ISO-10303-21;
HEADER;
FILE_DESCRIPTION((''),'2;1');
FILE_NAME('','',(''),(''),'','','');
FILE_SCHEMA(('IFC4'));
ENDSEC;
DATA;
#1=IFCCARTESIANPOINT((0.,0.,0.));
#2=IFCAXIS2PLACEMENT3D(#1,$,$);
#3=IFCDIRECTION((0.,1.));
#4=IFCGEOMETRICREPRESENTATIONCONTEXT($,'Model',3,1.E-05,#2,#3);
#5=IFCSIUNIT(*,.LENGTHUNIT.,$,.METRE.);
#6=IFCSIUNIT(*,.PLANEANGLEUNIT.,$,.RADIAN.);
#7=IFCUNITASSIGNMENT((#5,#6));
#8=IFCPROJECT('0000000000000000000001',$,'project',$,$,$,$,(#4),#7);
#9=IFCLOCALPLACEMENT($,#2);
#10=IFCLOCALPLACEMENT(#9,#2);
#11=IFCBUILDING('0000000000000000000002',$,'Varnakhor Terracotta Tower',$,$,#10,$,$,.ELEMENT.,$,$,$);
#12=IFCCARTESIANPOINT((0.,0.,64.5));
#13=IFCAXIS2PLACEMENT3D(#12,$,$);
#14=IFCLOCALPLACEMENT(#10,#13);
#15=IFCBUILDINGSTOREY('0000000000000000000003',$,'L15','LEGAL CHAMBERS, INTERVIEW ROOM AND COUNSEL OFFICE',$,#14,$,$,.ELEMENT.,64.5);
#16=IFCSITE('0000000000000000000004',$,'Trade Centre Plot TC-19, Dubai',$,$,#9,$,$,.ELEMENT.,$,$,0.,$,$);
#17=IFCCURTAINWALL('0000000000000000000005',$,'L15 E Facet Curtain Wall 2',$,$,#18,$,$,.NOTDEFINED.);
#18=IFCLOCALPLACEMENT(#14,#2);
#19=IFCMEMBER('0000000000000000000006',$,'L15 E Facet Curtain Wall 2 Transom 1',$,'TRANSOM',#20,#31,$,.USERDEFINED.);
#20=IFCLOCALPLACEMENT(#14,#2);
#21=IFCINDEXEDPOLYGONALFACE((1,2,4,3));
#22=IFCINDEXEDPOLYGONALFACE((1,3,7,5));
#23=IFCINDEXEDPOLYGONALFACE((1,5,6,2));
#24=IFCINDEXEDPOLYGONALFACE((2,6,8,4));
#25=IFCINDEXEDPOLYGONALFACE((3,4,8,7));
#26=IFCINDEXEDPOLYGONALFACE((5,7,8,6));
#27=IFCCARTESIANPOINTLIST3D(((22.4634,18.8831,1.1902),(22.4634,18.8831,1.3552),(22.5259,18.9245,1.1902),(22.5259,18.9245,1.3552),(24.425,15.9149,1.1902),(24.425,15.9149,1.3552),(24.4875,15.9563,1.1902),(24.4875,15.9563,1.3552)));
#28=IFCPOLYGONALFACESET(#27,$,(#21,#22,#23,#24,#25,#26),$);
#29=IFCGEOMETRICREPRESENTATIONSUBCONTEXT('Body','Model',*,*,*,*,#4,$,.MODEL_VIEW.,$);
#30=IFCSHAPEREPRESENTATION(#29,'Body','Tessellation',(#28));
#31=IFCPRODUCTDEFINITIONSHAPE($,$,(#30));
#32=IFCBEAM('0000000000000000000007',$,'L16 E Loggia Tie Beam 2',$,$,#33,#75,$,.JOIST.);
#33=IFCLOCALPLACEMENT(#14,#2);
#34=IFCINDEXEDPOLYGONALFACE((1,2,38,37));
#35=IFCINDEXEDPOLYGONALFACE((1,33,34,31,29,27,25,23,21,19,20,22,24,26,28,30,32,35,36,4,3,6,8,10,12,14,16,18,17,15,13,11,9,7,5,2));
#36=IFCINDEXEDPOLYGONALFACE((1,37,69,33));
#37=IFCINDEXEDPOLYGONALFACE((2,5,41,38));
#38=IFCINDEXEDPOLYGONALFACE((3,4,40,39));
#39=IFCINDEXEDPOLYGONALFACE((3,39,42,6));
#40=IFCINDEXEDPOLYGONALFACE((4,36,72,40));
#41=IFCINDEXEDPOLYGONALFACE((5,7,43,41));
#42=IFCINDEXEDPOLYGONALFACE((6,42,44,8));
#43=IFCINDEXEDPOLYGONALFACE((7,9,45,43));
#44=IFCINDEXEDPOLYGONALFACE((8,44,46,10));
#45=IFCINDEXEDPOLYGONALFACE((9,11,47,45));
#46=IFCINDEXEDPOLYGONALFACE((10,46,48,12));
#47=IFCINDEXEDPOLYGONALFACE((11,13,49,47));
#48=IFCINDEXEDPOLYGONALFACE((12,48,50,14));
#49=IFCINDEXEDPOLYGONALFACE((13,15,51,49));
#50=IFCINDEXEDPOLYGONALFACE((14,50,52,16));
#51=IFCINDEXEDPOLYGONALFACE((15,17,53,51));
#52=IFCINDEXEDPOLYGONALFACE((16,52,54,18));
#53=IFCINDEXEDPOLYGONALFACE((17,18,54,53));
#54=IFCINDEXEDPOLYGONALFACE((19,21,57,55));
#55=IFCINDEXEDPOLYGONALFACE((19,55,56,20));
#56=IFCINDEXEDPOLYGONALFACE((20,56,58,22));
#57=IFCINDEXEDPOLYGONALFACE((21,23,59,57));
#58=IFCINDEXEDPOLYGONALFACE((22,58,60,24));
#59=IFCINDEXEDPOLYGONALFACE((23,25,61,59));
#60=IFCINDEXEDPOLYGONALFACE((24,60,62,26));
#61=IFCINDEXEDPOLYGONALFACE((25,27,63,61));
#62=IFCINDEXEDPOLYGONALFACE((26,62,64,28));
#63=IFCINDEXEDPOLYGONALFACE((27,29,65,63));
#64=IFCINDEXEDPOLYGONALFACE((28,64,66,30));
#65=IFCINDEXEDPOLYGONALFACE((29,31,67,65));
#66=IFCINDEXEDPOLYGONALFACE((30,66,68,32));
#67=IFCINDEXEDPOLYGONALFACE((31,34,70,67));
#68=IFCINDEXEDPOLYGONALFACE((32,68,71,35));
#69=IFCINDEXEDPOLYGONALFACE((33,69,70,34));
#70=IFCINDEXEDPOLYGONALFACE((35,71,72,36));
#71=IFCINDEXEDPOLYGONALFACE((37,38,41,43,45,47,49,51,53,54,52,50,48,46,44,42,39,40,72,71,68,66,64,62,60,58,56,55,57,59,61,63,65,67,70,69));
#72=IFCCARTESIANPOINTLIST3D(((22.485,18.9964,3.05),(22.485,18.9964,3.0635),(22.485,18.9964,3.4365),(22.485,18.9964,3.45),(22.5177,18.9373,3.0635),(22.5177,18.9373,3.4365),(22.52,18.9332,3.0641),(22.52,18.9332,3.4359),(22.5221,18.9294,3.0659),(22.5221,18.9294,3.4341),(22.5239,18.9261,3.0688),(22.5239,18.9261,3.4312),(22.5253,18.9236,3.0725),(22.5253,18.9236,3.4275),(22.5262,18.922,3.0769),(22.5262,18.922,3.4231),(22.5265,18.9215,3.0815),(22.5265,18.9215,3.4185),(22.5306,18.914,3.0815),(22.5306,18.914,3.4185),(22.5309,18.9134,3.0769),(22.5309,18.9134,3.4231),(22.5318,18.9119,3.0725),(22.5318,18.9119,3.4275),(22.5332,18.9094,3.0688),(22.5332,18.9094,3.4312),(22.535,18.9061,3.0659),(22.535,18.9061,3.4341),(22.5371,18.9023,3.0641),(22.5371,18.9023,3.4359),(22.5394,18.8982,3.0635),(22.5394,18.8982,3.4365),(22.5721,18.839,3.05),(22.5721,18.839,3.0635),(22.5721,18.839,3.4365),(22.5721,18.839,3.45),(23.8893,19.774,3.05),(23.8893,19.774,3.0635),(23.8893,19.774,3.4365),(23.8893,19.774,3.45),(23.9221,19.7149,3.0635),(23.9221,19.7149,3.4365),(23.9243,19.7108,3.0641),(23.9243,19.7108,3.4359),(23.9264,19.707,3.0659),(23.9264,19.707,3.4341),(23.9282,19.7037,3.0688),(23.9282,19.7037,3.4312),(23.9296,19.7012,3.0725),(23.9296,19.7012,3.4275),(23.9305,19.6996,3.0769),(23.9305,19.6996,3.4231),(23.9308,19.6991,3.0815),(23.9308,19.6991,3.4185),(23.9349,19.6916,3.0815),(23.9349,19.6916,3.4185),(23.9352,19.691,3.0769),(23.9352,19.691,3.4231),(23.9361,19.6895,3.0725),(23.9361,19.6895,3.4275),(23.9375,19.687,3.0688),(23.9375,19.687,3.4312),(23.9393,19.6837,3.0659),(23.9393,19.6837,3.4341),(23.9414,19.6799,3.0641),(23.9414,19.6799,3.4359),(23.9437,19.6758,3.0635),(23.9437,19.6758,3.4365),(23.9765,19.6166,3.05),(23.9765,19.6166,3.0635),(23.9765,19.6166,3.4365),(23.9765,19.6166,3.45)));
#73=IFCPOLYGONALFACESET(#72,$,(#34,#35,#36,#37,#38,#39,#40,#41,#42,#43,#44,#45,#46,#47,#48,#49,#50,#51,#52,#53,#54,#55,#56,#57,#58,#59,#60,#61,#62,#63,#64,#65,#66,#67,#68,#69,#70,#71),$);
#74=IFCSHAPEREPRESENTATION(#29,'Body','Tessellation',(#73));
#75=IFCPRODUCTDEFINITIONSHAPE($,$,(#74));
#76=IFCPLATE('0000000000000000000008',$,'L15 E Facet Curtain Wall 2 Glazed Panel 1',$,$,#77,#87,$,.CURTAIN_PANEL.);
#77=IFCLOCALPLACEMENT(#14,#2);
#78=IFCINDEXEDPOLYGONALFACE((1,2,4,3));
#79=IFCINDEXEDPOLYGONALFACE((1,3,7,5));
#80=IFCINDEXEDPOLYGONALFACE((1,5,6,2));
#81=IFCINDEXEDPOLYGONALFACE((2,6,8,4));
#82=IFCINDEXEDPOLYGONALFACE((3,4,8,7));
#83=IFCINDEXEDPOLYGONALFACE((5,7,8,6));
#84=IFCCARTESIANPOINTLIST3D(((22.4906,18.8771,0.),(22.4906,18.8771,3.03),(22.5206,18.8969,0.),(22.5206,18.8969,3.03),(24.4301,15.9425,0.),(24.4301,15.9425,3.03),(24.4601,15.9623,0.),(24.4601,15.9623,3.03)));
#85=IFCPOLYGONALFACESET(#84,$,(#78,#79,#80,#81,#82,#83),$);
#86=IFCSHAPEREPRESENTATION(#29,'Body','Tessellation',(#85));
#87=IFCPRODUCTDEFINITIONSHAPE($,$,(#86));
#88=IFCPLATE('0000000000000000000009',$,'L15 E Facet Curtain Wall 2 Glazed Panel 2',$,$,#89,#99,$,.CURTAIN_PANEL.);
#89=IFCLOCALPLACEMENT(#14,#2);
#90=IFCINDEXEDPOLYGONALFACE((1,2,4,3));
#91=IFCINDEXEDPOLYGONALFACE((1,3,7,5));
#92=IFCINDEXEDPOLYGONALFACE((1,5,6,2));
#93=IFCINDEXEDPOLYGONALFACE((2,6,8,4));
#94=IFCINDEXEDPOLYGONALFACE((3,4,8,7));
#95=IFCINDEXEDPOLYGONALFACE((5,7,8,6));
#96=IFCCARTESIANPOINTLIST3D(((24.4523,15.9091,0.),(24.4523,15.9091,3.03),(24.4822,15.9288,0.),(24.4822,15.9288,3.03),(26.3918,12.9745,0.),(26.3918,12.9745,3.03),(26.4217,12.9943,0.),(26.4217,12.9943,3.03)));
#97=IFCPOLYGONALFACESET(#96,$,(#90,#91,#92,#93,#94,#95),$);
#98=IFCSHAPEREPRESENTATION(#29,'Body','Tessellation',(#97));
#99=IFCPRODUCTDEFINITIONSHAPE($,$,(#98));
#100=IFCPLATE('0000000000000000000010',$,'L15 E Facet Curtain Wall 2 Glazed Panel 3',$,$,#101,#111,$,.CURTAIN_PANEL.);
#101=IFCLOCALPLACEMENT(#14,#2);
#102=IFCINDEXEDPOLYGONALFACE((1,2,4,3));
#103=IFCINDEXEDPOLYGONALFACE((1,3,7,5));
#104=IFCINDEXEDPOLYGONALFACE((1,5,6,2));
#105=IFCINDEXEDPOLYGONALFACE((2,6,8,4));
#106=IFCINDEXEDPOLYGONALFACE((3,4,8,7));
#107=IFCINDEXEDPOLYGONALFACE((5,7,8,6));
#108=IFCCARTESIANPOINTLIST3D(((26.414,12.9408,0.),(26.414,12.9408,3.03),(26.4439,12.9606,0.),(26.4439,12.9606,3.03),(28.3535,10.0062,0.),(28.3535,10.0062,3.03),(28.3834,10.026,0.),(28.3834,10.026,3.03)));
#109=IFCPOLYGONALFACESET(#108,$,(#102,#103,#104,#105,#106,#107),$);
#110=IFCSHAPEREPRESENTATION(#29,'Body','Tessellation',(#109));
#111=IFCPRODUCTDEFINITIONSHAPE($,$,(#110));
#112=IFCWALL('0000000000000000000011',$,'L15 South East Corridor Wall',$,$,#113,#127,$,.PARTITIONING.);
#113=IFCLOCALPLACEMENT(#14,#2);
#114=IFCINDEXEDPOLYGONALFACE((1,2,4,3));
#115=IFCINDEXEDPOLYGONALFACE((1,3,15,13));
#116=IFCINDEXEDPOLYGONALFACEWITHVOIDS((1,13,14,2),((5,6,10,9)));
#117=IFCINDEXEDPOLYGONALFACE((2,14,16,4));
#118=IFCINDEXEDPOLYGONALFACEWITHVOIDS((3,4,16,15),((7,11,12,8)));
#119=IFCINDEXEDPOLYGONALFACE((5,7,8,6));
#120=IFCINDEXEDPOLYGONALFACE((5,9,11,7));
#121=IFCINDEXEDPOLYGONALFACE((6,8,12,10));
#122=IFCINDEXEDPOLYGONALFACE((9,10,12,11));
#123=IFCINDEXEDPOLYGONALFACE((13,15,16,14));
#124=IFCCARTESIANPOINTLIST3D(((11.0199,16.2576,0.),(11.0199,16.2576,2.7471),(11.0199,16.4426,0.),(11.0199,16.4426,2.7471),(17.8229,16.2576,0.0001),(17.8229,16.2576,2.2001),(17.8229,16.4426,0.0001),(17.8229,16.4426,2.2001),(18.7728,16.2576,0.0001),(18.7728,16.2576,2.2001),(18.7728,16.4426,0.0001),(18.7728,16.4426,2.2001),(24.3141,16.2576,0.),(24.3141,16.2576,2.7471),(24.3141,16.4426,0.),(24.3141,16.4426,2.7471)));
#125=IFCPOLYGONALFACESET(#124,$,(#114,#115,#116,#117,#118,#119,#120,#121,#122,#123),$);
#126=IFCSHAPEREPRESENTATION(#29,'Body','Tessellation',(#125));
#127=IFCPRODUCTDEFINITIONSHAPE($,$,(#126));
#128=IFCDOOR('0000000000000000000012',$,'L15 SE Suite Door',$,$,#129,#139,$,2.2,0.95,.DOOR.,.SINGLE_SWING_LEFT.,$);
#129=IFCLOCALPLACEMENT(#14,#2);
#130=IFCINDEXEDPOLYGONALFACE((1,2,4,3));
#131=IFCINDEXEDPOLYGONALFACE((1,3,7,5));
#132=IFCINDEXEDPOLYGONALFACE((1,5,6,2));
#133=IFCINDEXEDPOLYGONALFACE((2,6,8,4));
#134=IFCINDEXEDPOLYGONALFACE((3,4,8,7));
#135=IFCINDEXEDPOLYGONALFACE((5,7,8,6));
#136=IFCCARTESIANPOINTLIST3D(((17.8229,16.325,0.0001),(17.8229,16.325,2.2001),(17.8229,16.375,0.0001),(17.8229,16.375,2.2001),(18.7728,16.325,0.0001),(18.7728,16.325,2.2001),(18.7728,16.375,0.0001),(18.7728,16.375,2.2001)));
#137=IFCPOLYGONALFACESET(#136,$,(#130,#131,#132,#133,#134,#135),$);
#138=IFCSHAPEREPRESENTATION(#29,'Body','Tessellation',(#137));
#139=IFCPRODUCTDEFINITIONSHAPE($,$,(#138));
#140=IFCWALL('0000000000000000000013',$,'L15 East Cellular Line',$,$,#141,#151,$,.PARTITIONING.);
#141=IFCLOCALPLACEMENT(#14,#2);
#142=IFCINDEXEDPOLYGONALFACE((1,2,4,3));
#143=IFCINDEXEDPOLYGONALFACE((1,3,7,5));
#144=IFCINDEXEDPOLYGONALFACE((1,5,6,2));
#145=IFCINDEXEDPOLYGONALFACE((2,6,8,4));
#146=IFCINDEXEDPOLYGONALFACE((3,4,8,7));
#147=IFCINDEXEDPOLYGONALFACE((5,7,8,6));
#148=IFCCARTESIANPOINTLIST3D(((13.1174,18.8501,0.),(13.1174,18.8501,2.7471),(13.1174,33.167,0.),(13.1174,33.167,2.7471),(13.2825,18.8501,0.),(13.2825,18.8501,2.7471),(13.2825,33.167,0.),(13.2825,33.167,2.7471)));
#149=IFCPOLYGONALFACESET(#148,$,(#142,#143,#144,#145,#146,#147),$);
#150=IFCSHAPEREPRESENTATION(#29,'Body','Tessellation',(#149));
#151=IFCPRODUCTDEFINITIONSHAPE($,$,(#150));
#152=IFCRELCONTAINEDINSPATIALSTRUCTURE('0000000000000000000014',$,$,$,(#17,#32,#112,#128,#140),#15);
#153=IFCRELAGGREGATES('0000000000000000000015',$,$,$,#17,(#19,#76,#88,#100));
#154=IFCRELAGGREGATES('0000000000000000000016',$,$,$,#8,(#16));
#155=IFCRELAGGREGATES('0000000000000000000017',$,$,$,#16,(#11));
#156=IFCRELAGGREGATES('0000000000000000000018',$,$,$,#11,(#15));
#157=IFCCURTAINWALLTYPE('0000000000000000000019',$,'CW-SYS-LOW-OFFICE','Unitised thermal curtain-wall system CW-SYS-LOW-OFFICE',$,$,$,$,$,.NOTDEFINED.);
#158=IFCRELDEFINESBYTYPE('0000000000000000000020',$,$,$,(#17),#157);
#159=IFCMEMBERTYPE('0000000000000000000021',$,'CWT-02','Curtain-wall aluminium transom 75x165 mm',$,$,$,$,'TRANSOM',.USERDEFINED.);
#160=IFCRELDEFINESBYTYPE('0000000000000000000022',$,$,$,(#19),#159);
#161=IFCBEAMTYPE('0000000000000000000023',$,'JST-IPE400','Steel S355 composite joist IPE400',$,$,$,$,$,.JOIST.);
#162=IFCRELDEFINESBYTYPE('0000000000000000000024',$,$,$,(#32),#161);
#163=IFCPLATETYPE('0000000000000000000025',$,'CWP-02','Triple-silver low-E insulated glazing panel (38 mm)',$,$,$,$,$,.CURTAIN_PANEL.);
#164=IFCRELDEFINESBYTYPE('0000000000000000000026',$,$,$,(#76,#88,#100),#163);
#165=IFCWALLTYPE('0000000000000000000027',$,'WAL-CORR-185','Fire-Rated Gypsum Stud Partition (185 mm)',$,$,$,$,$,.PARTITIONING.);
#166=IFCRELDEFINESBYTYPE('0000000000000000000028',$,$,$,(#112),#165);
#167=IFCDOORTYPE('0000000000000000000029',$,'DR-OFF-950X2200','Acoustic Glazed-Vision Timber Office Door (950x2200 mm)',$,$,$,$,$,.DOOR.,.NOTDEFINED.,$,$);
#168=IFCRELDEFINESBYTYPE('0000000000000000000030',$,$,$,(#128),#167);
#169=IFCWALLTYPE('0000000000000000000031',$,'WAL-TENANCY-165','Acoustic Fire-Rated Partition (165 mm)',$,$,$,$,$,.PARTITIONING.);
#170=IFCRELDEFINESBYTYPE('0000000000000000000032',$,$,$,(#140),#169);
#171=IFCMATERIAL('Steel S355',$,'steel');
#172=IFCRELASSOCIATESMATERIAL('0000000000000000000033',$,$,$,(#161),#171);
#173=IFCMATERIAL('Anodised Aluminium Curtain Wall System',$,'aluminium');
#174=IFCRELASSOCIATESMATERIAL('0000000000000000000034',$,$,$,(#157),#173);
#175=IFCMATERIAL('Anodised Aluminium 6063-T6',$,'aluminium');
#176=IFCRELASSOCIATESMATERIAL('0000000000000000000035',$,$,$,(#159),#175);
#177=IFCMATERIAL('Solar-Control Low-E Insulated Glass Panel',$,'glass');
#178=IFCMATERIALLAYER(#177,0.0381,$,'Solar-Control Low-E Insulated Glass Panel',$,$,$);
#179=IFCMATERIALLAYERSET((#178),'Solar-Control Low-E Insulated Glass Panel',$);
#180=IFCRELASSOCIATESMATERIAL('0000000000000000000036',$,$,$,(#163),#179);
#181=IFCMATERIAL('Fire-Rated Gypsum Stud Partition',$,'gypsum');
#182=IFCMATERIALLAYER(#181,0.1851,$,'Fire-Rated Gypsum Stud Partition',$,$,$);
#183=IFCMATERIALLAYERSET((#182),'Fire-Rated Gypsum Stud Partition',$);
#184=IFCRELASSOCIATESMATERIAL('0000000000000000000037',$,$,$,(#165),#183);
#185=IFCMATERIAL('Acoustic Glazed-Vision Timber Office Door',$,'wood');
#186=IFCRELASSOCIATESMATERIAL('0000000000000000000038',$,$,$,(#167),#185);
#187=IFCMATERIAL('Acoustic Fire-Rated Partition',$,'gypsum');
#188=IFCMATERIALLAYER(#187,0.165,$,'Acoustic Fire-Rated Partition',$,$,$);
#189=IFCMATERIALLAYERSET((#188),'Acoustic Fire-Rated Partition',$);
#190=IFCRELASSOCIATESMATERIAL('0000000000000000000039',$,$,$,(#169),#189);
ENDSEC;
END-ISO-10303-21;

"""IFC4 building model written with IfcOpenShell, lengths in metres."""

from ifc_helpers import new_model, si_unit, direction, frame, frame_2d, origin, origin_2d, place, context, subcontext, project, spatial, rectangle, i_section, extrude, source, transform, mapped, material, layer, layer_set, material_profile, profile_set, type_object, type_shapes, element, fill, aggregate, save


model = new_model("IFC4")

# Units and contexts
model_context = context("Model", 3, precision=1e-05, world=origin(), true_north=direction((0.0, 1.0)))
body_context = subcontext(model_context, "Body", "Model", "MODEL_VIEW")
ifc_project = project(units=[si_unit("LENGTHUNIT", "METRE"), si_unit("PLANEANGLEUNIT", "RADIAN")], contexts=[model_context])

# Site, building, storey
site_placement = place(None, origin())
site = spatial("IfcSite", under=ifc_project, at=site_placement, Name="Trade Centre Plot TC-19, Dubai", CompositionType="ELEMENT", RefElevation=0.0)
building_placement = place(site_placement, origin())
building = spatial("IfcBuilding", under=site, at=building_placement, Name="Varnakhor Terracotta Tower", CompositionType="ELEMENT")
storey_placement = place(building_placement, frame((0.0, 0.0, 64.5)))
storey = spatial("IfcBuildingStorey", under=building, at=storey_placement, Name="L15", Description="LEGAL CHAMBERS, INTERVIEW ROOM AND COUNSEL OFFICE", CompositionType="ELEMENT", Elevation=64.5)

# Shared definitions
ifc_material_1 = material(Name="Steel S355", Category="steel")
ifc_material_profile_1 = material_profile(ifc_material_1, i_section(OverallWidth=0.1799, OverallDepth=0.3999, WebThickness=0.0085, FlangeThickness=0.0134, FilletRadius=0.0181, at=origin_2d()), Name="IPE400")
ifc_profile_set_1 = profile_set([ifc_material_profile_1], Name="Steel S355")
beam_type_1 = type_object("IfcBeamType", Name="JST-IPE400", Description="Steel S355 composite joist IPE400", PredefinedType="JOIST", material=ifc_profile_set_1)

# Curtain wall, member
ifc_material_2 = material(Name="Anodised Aluminium Curtain Wall System", Category="aluminium")
curtain_wall_type = type_object("IfcCurtainWallType", Name="CW-SYS-LOW-OFFICE", Description="Unitised thermal curtain-wall system CW-SYS-LOW-OFFICE", PredefinedType="NOTDEFINED", material=ifc_material_2)
curtain_wall_placement = place(storey_placement, origin())
curtain_wall = element("IfcCurtainWall", 1, at=curtain_wall_placement, inside=storey, type_object=curtain_wall_type, Name="L15 E Facet Curtain Wall 2", PredefinedType="NOTDEFINED")
ifc_material_3 = material(Name="Anodised Aluminium 6063-T6", Category="aluminium")
ifc_material_profile_2 = material_profile(ifc_material_3, rectangle(XDim=0.075, YDim=0.165, at=origin_2d()), Name="ALU TRANSOM 75x165")
ifc_profile_set_2 = profile_set([ifc_material_profile_2], Name="Anodised Aluminium 6063-T6")
member_type_1 = type_object("IfcMemberType", Name="CWT-02", Description="Curtain-wall aluminium transom 75x165 mm", ElementType="TRANSOM", PredefinedType="USERDEFINED", material=ifc_profile_set_2)
shared_shape_1 = source(origin(), body_context, "Body", "SweptSolid", [
    extrude(rectangle(XDim=0.075, YDim=0.165, at=origin_2d()), origin(), (0.0, 0.0, 1.0), 3.5579),
])
member_1_placement = place(storey_placement, frame((22.4946, 18.9038, 1.2727), z_axis=(0.551355, -0.834271, 0.0), x_axis=(0.834271, 0.551355, 0.0)))
member_1 = element("IfcMember", 2, at=member_1_placement, type_object=member_type_1, Name="L15 E Facet Curtain Wall 2 Transom 1", ObjectType="TRANSOM", PredefinedType="USERDEFINED", context=body_context, shape_type="MappedRepresentation", body=[
    mapped(shared_shape_1, transform((0.0, 0.0, 0.0), scale=1.0)),
])

# Beam
shared_shape_2 = source(origin(), body_context, "Body", "SweptSolid", [
    extrude(i_section(OverallWidth=0.1799, OverallDepth=0.3999, WebThickness=0.0085, FlangeThickness=0.0134, FilletRadius=0.0181, at=origin_2d()), origin(), (0.0, 0.0, 1.0), 1.6052),
])
beam_1_placement = place(storey_placement, frame((22.5286, 18.9177, 3.25), z_axis=(0.874838, 0.484416, 0.0), x_axis=(-0.484416, 0.874838, 0.0)))
element("IfcBeam", 3, at=beam_1_placement, inside=storey, type_object=beam_type_1, Name="L16 E Loggia Tie Beam 2", PredefinedType="JOIST", context=body_context, shape_type="MappedRepresentation", body=[
    mapped(shared_shape_2, transform((0.0, 0.0, 0.0), scale=1.0)),
])

# Plates
ifc_material_4 = material(Name="Solar-Control Low-E Insulated Glass Panel", Category="glass")
ifc_layer_1 = layer(ifc_material_4, 0.0381, Name="Solar-Control Low-E Insulated Glass Panel")
ifc_layer_set_1 = layer_set([ifc_layer_1], Name="Solar-Control Low-E Insulated Glass Panel")
plate_type = type_object("IfcPlateType", Name="CWP-02", Description="Triple-silver low-E insulated glazing panel (38 mm)", PredefinedType="CURTAIN_PANEL", material=ifc_layer_set_1)
shared_shape_3 = source(origin(), body_context, "Body", "SweptSolid", [
    extrude(rectangle(XDim=3.5176, YDim=0.0359, at=origin_2d()), origin(), (0.0, 0.0, 1.0), 3.03),
])
plate_1_placement = place(storey_placement, frame((23.4753, 17.4197, 0.0), z_axis=(0.0, 0.0, 1.0), x_axis=(0.551369, -0.834261, 0.0)))
plate_1 = element("IfcPlate", 4, at=plate_1_placement, type_object=plate_type, Name="L15 E Facet Curtain Wall 2 Glazed Panel 1", PredefinedType="CURTAIN_PANEL", context=body_context, shape_type="MappedRepresentation", body=[
    mapped(shared_shape_3, transform((0.0, 0.0, 0.0), scale=1.0)),
])
plate_2_placement = place(storey_placement, frame((25.437, 14.4517, 0.0), z_axis=(0.0, 0.0, 1.0), x_axis=(0.551369, -0.834261, 0.0)))
plate_2 = element("IfcPlate", 5, at=plate_2_placement, type_object=plate_type, Name="L15 E Facet Curtain Wall 2 Glazed Panel 2", PredefinedType="CURTAIN_PANEL", context=body_context, shape_type="MappedRepresentation", body=[
    mapped(shared_shape_3, transform((0.0, 0.0, 0.0), scale=1.0)),
])
plate_3_placement = place(storey_placement, frame((27.3987, 11.4834, 0.0), z_axis=(0.0, 0.0, 1.0), x_axis=(0.551369, -0.834261, 0.0)))
plate_3 = element("IfcPlate", 6, at=plate_3_placement, type_object=plate_type, Name="L15 E Facet Curtain Wall 2 Glazed Panel 3", PredefinedType="CURTAIN_PANEL", context=body_context, shape_type="MappedRepresentation", body=[
    mapped(shared_shape_3, transform((0.0, 0.0, 0.0), scale=1.0)),
])
aggregate(curtain_wall, [member_1, plate_1, plate_2, plate_3])

# Wall, opening, door
ifc_material_5 = material(Name="Fire-Rated Gypsum Stud Partition", Category="gypsum")
ifc_layer_2 = layer(ifc_material_5, 0.1851, Name="Fire-Rated Gypsum Stud Partition")
ifc_layer_set_2 = layer_set([ifc_layer_2], Name="Fire-Rated Gypsum Stud Partition")
wall_type_1 = type_object("IfcWallType", Name="WAL-CORR-185", Description="Fire-Rated Gypsum Stud Partition (185 mm)", PredefinedType="PARTITIONING", material=ifc_layer_set_2)
wall_1_placement = place(storey_placement, frame((11.02, 16.3501, 0.0), z_axis=(0.0, 0.0, 1.0), x_axis=(1.0, 0.0, 0.0)))
wall_1 = element("IfcWall", 7, at=wall_1_placement, inside=storey, type_object=wall_type_1, Name="L15 South East Corridor Wall", PredefinedType="PARTITIONING", context=body_context, shape_type="SweptSolid", body=[
    extrude(rectangle(XDim=13.2942, YDim=0.1851, at=frame_2d((6.647, 0.0))), origin(), (0.0, 0.0, 1.0), 2.7471),
])
opening_placement = place(wall_1_placement, frame((6.8027, 0.0, 0.0)))
opening = element("IfcOpeningElement", 8, at=opening_placement, cuts=wall_1, PredefinedType="OPENING", context=body_context, shape_type="SweptSolid", body=[
    extrude(rectangle(XDim=0.95, YDim=2.2, at=frame_2d((0.4751, 1.1001))), frame((0.0, 0.1025, 0.0), z_axis=(0.0, -1.0, 0.0), x_axis=(1.0, 0.0, 0.0)), (0.0, 0.0, 1.0), 0.2051),
])
ifc_material_6 = material(Name="Acoustic Glazed-Vision Timber Office Door", Category="wood")
door_type = type_object("IfcDoorType", Name="DR-OFF-950X2200", Description="Acoustic Glazed-Vision Timber Office Door (950x2200 mm)", OperationType="NOTDEFINED", PredefinedType="DOOR", material=ifc_material_6)
shared_shape_4 = source(origin(), body_context, "Body", "SweptSolid", [
    extrude(rectangle(XDim=0.95, YDim=2.2, at=frame_2d((0.4751, 1.1001))), frame((0.0, 0.0249, 0.0), z_axis=(0.0, -1.0, 0.0), x_axis=(1.0, 0.0, 0.0)), (0.0, 0.0, 1.0), 0.05),
])
type_shapes(door_type, [shared_shape_4])
door_placement = place(opening_placement, origin())
door = element("IfcDoor", 9, at=door_placement, inside=storey, type_object=door_type, Name="L15 SE Suite Door", OperationType="SINGLE_SWING_LEFT", OverallHeight=2.2, OverallWidth=0.95, PredefinedType="DOOR", context=body_context, shape_type="MappedRepresentation", body=[
    mapped(shared_shape_4, transform((0.0, 0.0, 0.0), scale=1.0)),
])
fill(opening, door)

# Wall
ifc_material_7 = material(Name="Acoustic Fire-Rated Partition", Category="gypsum")
ifc_layer_3 = layer(ifc_material_7, 0.165, Name="Acoustic Fire-Rated Partition")
ifc_layer_set_3 = layer_set([ifc_layer_3], Name="Acoustic Fire-Rated Partition")
wall_type_2 = type_object("IfcWallType", Name="WAL-TENANCY-165", Description="Acoustic Fire-Rated Partition (165 mm)", PredefinedType="PARTITIONING", material=ifc_layer_set_3)
wall_2_placement = place(storey_placement, frame((13.2, 18.8501, 0.0), z_axis=(0.0, 0.0, 1.0), x_axis=(0.0, 1.0, 0.0)))
element("IfcWall", 10, at=wall_2_placement, inside=storey, type_object=wall_type_2, Name="L15 East Cellular Line", PredefinedType="PARTITIONING", context=body_context, shape_type="SweptSolid", body=[
    extrude(rectangle(XDim=14.3169, YDim=0.165, at=frame_2d((7.1584, 0.0))), origin(), (0.0, 0.0, 1.0), 2.7471),
])

save(model, "model.ifc")
